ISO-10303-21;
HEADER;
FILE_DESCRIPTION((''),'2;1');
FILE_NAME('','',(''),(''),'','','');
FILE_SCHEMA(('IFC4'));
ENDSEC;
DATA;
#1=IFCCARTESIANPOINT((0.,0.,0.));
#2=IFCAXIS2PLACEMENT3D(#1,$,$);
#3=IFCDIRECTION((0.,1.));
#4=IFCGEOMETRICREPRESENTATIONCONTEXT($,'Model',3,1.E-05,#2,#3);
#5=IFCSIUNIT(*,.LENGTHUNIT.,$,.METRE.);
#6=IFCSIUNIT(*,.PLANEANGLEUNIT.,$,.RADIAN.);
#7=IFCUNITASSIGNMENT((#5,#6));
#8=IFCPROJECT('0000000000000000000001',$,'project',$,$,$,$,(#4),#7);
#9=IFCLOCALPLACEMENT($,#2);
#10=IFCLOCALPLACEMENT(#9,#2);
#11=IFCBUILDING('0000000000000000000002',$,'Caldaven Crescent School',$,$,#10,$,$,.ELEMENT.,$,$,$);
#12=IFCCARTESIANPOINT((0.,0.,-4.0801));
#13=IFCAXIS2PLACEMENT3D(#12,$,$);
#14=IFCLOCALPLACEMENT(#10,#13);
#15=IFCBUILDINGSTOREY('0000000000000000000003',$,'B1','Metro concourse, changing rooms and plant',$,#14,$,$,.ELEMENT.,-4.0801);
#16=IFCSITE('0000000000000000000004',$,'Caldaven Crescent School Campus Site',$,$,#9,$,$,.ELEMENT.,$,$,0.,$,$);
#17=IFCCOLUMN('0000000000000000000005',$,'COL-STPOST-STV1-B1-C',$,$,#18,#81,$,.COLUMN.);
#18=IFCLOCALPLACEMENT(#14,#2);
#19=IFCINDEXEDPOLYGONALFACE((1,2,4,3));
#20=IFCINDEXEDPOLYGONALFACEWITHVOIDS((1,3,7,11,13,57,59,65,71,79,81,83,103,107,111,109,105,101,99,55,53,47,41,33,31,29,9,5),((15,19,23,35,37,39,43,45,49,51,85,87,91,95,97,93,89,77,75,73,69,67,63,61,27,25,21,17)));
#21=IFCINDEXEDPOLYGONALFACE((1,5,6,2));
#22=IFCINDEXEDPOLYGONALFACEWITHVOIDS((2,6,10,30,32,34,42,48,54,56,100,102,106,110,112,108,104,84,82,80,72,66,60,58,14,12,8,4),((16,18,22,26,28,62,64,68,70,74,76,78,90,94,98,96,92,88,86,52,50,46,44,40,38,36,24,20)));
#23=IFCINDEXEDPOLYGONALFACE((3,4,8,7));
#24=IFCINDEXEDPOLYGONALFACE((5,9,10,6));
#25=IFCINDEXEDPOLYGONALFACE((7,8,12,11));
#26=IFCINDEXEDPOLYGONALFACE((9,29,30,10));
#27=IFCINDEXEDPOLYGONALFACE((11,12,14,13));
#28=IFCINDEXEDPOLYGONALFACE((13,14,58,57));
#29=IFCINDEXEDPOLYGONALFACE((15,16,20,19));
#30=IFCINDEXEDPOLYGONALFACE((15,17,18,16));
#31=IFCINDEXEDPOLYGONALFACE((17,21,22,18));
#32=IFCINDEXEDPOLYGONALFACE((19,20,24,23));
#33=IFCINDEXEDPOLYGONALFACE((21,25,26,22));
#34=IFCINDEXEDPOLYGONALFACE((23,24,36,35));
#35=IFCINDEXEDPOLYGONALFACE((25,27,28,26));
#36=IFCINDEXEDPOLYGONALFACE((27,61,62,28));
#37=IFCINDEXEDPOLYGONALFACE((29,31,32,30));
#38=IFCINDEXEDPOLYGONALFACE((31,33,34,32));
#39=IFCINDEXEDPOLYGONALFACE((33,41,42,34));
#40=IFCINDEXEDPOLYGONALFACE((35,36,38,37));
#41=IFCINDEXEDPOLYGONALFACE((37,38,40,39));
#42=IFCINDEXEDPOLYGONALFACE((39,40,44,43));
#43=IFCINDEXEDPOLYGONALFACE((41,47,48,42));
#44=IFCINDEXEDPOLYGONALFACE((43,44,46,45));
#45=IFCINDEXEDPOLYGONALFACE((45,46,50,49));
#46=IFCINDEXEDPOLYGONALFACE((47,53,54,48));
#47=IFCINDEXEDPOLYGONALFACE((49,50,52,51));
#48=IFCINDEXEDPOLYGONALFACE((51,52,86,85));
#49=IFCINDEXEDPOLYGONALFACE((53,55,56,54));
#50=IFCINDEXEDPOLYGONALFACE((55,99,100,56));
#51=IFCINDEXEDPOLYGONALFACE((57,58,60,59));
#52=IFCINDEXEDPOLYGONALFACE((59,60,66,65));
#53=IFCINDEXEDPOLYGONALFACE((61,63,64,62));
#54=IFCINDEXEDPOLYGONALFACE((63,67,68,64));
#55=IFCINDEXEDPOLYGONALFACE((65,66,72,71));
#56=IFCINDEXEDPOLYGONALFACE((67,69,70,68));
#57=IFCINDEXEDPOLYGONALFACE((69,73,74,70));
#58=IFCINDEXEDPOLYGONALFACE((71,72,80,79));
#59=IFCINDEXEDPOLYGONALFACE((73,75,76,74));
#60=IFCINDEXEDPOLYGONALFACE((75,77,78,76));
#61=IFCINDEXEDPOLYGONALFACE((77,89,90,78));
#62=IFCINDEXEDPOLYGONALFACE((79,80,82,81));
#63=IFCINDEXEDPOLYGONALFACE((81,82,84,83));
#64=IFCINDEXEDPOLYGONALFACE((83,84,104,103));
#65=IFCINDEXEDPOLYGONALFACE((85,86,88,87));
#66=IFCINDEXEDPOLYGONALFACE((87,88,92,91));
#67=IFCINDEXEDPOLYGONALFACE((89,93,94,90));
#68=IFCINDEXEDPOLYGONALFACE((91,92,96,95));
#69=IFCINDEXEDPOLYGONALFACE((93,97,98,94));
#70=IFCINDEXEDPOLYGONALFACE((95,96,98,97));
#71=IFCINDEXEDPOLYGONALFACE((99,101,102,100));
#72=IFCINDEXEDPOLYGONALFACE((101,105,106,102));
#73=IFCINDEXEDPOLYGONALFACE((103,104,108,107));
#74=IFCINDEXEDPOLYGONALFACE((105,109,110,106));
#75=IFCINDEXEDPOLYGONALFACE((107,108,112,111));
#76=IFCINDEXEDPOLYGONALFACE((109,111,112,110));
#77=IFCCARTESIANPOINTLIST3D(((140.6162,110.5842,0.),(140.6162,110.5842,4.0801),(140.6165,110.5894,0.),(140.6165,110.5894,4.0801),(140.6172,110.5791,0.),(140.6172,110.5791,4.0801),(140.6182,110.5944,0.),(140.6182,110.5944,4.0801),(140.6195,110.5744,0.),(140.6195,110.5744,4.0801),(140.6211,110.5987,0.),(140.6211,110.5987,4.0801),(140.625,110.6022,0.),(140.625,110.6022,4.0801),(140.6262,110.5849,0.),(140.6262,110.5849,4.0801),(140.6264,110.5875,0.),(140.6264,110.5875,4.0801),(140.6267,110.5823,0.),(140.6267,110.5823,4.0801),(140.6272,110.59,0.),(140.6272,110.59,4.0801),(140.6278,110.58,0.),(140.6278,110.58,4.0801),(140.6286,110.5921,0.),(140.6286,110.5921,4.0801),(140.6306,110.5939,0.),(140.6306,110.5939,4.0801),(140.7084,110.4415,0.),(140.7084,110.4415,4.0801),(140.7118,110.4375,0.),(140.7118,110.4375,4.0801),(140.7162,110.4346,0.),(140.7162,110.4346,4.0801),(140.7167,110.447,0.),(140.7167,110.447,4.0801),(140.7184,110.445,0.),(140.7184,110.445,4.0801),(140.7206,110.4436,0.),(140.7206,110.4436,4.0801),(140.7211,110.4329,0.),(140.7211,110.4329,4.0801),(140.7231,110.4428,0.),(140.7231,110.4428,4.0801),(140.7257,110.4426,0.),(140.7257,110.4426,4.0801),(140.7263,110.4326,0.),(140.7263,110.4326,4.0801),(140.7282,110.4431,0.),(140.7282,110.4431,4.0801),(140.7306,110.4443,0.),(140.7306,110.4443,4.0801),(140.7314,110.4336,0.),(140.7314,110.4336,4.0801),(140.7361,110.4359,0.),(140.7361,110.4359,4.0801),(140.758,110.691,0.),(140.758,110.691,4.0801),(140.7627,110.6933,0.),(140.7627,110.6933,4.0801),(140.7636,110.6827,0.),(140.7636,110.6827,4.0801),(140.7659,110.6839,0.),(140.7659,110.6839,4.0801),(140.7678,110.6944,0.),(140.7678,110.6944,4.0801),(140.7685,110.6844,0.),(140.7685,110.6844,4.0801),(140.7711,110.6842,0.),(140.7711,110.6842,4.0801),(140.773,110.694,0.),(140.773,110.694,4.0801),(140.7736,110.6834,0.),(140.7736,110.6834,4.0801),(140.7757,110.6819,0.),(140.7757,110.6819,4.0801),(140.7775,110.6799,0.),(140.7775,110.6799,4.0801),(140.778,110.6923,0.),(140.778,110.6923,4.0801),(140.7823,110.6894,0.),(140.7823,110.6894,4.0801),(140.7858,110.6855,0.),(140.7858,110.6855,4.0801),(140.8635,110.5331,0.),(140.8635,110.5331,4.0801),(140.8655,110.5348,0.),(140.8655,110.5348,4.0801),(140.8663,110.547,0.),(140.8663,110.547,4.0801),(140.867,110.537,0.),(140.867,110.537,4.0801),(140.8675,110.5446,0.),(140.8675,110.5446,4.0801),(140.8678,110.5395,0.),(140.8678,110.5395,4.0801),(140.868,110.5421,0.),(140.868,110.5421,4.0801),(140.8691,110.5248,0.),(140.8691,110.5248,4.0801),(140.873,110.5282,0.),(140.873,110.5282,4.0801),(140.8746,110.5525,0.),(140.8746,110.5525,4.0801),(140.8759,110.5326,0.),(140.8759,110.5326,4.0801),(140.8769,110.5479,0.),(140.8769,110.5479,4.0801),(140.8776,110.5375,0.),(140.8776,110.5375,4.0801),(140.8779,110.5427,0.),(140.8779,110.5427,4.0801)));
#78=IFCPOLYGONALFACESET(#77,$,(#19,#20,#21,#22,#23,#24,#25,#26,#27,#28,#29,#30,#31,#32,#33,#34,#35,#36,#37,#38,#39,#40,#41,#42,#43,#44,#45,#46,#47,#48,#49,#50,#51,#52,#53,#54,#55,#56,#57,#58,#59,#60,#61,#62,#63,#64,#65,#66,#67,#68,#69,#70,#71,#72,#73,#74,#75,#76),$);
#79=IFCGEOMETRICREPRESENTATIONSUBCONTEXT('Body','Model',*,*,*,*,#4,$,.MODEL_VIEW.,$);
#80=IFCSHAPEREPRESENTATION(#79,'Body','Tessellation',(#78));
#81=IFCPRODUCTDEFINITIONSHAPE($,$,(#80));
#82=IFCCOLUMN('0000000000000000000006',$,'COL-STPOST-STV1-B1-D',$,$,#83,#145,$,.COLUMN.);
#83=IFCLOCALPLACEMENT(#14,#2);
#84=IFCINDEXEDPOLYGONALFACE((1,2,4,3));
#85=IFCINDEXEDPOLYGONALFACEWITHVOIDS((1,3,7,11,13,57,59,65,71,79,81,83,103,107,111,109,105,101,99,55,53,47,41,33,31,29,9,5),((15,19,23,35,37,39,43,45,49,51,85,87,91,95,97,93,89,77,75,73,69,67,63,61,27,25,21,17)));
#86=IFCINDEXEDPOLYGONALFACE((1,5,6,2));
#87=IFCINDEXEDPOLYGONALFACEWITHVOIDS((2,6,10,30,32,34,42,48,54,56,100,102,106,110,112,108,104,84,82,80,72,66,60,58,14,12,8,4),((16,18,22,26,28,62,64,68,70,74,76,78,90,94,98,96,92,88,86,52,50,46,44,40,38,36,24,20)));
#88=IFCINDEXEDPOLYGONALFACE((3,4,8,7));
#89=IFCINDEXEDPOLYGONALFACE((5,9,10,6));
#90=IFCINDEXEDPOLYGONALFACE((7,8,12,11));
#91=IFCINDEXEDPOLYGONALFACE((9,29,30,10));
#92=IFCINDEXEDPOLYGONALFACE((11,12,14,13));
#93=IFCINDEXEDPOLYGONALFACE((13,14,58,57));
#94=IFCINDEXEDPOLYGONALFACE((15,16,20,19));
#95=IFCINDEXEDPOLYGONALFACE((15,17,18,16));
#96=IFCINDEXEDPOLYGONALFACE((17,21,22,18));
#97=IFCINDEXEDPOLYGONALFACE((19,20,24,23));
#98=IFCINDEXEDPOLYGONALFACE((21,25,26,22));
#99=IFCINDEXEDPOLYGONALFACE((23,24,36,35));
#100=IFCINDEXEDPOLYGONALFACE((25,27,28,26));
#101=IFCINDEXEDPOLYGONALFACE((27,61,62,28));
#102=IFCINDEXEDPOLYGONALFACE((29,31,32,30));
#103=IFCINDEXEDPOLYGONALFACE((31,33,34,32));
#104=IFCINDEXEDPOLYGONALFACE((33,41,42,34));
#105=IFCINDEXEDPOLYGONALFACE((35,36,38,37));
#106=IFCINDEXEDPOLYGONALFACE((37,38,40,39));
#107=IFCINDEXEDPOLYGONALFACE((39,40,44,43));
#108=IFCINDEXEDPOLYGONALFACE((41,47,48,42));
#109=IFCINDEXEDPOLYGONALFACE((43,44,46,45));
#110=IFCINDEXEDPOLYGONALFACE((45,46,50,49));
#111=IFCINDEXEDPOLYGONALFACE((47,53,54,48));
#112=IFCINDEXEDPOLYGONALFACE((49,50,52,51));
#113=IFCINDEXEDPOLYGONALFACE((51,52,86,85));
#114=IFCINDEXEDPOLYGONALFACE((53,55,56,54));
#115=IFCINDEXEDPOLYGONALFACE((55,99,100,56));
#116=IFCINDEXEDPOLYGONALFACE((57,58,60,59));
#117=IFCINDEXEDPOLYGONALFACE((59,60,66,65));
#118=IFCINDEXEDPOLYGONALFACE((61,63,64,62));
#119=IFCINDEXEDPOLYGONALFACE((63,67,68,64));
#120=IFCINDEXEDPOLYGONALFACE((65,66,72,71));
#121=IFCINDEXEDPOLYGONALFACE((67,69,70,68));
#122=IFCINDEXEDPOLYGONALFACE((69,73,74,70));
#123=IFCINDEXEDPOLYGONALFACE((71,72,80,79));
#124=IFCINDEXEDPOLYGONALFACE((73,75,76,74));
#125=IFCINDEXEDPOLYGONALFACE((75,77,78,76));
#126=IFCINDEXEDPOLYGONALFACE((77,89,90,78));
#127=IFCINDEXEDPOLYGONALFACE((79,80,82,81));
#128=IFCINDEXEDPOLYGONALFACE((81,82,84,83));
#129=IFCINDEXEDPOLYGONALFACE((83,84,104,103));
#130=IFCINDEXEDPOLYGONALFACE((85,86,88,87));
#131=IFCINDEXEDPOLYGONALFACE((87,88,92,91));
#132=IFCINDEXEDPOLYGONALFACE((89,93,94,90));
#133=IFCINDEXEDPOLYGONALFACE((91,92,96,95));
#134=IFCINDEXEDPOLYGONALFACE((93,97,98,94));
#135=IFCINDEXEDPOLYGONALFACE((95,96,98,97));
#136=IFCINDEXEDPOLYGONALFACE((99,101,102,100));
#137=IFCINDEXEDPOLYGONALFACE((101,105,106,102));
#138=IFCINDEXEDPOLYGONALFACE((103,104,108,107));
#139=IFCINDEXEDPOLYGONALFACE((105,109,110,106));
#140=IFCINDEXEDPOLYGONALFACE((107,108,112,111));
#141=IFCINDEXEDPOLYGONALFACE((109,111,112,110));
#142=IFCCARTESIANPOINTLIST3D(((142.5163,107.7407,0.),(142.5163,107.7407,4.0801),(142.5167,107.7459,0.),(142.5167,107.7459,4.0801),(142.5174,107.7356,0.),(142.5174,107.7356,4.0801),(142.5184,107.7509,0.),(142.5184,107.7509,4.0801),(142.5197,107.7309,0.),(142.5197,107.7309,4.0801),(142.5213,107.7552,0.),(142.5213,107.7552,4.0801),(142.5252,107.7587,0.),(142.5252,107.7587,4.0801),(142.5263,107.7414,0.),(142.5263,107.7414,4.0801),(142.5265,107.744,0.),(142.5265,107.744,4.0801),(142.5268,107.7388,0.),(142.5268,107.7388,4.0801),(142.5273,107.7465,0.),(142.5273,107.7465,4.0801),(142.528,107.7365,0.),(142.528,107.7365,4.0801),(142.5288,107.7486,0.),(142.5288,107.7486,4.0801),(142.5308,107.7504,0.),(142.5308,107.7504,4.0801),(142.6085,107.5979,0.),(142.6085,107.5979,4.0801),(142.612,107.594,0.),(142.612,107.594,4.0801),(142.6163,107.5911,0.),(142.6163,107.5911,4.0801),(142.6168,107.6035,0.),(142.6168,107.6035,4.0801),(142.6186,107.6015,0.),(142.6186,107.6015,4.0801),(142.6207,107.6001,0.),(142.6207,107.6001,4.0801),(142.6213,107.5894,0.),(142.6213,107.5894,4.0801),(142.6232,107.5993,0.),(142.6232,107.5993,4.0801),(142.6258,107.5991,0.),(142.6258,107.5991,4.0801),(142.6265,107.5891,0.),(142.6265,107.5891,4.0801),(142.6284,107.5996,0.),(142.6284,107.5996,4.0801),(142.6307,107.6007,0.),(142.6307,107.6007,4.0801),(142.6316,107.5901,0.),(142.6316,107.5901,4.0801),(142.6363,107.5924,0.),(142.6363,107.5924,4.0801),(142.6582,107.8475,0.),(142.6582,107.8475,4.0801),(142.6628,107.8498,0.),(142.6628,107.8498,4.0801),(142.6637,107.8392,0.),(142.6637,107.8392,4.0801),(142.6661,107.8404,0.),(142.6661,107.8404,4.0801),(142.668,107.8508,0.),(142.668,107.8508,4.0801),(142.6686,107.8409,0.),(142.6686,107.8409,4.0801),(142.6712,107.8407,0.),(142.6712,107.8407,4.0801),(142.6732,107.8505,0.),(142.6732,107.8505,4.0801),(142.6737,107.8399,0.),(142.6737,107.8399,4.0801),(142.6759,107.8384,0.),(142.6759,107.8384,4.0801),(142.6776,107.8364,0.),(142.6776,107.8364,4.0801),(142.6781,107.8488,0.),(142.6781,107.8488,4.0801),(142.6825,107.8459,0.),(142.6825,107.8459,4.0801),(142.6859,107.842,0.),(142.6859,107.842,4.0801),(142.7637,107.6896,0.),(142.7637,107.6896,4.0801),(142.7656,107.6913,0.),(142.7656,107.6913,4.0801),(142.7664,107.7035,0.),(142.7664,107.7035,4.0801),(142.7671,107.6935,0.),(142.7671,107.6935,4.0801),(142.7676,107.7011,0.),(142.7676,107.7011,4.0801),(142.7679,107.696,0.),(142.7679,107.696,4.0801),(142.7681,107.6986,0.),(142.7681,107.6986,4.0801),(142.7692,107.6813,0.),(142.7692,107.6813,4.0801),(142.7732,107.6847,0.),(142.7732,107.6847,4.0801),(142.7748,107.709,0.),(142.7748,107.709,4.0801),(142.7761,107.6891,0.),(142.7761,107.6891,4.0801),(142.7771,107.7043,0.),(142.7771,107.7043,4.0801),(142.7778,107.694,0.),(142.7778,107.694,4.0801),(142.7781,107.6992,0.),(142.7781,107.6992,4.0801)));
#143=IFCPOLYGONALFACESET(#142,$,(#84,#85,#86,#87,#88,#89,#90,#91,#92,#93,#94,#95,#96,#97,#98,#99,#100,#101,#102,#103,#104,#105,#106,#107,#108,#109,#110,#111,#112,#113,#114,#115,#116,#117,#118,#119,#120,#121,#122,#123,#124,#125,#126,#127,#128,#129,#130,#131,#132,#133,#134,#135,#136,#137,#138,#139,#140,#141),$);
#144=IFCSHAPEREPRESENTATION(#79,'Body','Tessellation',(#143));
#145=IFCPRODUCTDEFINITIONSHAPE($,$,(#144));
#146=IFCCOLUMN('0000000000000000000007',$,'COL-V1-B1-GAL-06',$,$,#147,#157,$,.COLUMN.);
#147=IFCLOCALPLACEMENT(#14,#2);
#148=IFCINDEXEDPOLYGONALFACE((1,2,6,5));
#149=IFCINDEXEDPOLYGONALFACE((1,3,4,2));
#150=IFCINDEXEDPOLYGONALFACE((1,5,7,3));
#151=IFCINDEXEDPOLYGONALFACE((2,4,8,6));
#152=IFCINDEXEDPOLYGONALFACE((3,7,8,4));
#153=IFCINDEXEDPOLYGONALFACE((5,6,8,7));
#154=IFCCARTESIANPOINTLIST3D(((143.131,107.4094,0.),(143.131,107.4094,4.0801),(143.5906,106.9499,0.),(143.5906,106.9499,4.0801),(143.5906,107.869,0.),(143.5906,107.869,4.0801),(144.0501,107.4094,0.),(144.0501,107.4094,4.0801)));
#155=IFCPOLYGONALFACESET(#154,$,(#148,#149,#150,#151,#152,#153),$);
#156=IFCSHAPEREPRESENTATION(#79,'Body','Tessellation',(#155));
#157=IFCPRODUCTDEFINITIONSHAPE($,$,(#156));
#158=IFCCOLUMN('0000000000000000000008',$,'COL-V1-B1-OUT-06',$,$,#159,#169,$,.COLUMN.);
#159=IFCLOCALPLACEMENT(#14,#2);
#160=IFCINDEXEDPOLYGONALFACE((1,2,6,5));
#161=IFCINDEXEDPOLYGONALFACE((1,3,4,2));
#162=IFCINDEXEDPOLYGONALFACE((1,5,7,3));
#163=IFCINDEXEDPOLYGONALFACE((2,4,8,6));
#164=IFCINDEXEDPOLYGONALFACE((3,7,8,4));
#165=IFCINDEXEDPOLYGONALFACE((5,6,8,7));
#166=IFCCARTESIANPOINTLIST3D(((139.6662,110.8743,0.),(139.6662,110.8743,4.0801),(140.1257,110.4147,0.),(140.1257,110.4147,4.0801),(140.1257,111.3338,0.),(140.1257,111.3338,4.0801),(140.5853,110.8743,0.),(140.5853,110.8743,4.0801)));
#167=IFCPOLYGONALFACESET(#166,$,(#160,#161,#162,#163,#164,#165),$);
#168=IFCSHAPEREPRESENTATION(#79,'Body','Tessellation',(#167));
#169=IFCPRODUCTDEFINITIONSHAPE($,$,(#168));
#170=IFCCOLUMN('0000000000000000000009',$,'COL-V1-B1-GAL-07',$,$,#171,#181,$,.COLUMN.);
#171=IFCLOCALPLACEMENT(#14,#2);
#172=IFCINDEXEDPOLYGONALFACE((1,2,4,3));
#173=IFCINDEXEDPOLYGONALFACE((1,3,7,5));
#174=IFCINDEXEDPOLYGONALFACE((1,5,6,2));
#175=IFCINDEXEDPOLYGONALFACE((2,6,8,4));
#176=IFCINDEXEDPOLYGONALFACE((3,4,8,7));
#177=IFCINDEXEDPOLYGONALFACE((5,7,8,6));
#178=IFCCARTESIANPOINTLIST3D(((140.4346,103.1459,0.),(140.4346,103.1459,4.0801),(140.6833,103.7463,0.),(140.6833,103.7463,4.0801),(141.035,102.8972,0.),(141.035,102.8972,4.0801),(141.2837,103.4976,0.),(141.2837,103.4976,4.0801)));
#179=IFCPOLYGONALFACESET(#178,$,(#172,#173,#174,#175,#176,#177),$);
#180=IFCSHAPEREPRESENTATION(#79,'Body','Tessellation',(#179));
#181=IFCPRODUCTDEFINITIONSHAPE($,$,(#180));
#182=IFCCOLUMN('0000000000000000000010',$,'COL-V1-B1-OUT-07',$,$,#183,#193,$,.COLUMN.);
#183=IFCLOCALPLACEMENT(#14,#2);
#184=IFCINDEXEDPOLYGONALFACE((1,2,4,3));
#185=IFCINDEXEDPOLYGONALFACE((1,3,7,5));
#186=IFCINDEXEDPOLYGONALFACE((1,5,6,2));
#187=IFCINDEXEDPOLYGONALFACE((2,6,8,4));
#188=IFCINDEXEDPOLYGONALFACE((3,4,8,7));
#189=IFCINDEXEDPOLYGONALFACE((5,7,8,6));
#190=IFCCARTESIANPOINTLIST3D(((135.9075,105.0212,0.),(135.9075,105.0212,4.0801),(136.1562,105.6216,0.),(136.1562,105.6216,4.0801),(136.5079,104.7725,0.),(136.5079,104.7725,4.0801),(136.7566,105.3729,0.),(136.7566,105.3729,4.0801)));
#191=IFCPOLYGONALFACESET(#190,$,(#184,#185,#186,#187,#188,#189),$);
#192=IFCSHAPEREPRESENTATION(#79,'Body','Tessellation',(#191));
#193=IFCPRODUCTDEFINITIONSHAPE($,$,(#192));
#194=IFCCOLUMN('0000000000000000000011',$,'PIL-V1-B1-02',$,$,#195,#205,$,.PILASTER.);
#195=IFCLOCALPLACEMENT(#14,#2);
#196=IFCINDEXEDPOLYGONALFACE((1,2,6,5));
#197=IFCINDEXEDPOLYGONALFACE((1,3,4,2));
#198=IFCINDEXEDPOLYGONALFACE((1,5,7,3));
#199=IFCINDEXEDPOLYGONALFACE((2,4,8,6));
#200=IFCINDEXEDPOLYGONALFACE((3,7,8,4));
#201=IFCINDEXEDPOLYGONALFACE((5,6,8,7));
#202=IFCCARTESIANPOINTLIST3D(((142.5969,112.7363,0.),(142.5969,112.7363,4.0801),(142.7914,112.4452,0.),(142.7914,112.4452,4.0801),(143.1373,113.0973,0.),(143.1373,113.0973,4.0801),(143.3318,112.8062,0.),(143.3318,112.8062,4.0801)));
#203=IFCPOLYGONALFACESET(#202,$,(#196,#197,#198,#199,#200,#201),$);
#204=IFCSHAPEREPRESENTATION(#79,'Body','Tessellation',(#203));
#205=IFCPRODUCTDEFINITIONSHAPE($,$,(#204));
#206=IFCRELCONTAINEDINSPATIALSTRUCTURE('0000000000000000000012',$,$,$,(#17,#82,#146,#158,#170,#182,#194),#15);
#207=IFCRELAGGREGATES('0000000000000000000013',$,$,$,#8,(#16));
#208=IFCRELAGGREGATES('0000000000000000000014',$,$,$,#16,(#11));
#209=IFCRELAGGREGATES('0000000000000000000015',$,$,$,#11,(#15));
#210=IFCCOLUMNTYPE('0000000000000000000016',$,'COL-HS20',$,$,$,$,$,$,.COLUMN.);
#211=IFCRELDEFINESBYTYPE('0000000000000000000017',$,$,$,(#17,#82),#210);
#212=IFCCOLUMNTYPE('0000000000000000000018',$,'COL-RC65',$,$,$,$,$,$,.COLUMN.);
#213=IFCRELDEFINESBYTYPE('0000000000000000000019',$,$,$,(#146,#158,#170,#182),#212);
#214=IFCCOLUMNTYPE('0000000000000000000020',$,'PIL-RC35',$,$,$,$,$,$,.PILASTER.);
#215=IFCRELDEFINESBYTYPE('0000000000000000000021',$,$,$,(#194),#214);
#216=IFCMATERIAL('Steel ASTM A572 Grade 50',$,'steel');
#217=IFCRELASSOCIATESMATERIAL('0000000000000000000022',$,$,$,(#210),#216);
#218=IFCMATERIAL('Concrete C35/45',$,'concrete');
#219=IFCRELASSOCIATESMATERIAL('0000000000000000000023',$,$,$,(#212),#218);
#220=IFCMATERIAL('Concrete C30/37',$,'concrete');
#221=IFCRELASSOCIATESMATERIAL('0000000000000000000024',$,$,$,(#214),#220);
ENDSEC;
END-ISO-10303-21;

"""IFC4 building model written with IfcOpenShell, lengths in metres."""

from ifc_helpers import new_model, si_unit, direction, frame, origin, origin_2d, place, context, subcontext, project, spatial, rectangle, hollow_rectangle, extrude, material, material_profile, profile_set, type_object, element, save


model = new_model("IFC4")

# Units and contexts
model_context = context("Model", 3, precision=1e-05, world=origin(), true_north=direction((0.0, 1.0)))
body_context = subcontext(model_context, "Body", "Model", "MODEL_VIEW")
ifc_project = project(units=[si_unit("LENGTHUNIT", "METRE"), si_unit("PLANEANGLEUNIT", "RADIAN")], contexts=[model_context])

# Site, building, storey
site_placement = place(None, origin())
site = spatial("IfcSite", under=ifc_project, at=site_placement, Name="Caldaven Crescent School Campus Site", CompositionType="ELEMENT", RefElevation=0.0)
building_placement = place(site_placement, origin())
building = spatial("IfcBuilding", under=site, at=building_placement, Name="Caldaven Crescent School", CompositionType="ELEMENT")
storey_placement = place(building_placement, frame((0.0, 0.0, -4.0801)))
storey = spatial("IfcBuildingStorey", under=building, at=storey_placement, Name="B1", Description="Metro concourse, changing rooms and plant", CompositionType="ELEMENT", Elevation=-4.0801)

# Shared definitions
ifc_material_1 = material(Name="Concrete C30/37", Category="concrete")
ifc_material_2 = material(Name="Concrete C35/45", Category="concrete")

# Columns
ifc_material_3 = material(Name="Steel ASTM A572 Grade 50", Category="steel")
ifc_material_profile_1 = material_profile(ifc_material_3, hollow_rectangle(XDim=0.2, YDim=0.2, WallThickness=0.01, InnerFilletRadius=0.01, OuterFilletRadius=0.02, at=origin_2d()), Name="HSS 200x200x10")
ifc_profile_set_1 = profile_set([ifc_material_profile_1], Name="Steel ASTM A572 Grade 50")
column_type_1 = type_object("IfcColumnType", Name="COL-HS20", PredefinedType="COLUMN", material=ifc_profile_set_1)
for number, where, z_axis, x_axis, name in (
    (1, (140.7471, 110.5635, 0.0), (0.0, 0.0, 1.0), (-0.83147, -0.55557, 0.0), "COL-STPOST-STV1-B1-C"),
    (2, (142.6472, 107.72, 0.0), (0.0, 0.0, 1.0), (-0.83147, -0.55557, 0.0), "COL-STPOST-STV1-B1-D"),
):
    element("IfcColumn", number, at=place(storey_placement, frame(where, z_axis=z_axis, x_axis=x_axis)), inside=storey, type_object=column_type_1, Name=name, PredefinedType="COLUMN", context=body_context, shape_type="SweptSolid", body=[
        extrude(hollow_rectangle(XDim=0.2, YDim=0.2, WallThickness=0.01, InnerFilletRadius=0.01, OuterFilletRadius=0.02, at=origin_2d()), origin(), (0.0, 0.0, 1.0), 4.0801),
    ])
ifc_material_profile_2 = material_profile(ifc_material_2, rectangle(XDim=0.6499, YDim=0.6499, at=origin_2d()), Name="RC 650x650")
ifc_profile_set_2 = profile_set([ifc_material_profile_2], Name="Concrete C35/45")
column_type_2 = type_object("IfcColumnType", Name="COL-RC65", PredefinedType="COLUMN", material=ifc_profile_set_2)
for number, where, z_axis, x_axis, name in (
    (3, (143.5906, 107.4094, 0.0), (0.0, 0.0, 1.0), (-0.707107, 0.707107, 0.0), "COL-V1-B1-GAL-06"),
    (4, (140.1257, 110.8743, 0.0), (0.0, 0.0, 1.0), (-0.707107, 0.707107, 0.0), "COL-V1-B1-OUT-06"),
    (5, (140.8591, 103.3218, 0.0), (0.0, 0.0, 1.0), (-0.92388, 0.382683, 0.0), "COL-V1-B1-GAL-07"),
    (6, (136.332, 105.197, 0.0), (0.0, 0.0, 1.0), (-0.92388, 0.382683, 0.0), "COL-V1-B1-OUT-07"),
):
    element("IfcColumn", number, at=place(storey_placement, frame(where, z_axis=z_axis, x_axis=x_axis)), inside=storey, type_object=column_type_2, Name=name, PredefinedType="COLUMN", context=body_context, shape_type="SweptSolid", body=[
        extrude(rectangle(XDim=0.6499, YDim=0.6499, at=origin_2d()), origin(), (0.0, 0.0, 1.0), 4.0801),
    ])
ifc_material_profile_3 = material_profile(ifc_material_1, rectangle(XDim=0.3501, YDim=0.6499, at=origin_2d()), Name="RC 350x650")
ifc_profile_set_3 = profile_set([ifc_material_profile_3], Name="Concrete C30/37")
column_type_3 = type_object("IfcColumnType", Name="PIL-RC35", PredefinedType="PILASTER", material=ifc_profile_set_3)
for number, where, z_axis, x_axis, name in (
    (7, (142.9644, 112.7712, 0.0), (0.0, 0.0, 1.0), (-0.55557, 0.83147, 0.0), "PIL-V1-B1-02"),
):
    element("IfcColumn", number, at=place(storey_placement, frame(where, z_axis=z_axis, x_axis=x_axis)), inside=storey, type_object=column_type_3, Name=name, PredefinedType="PILASTER", context=body_context, shape_type="SweptSolid", body=[
        extrude(rectangle(XDim=0.3501, YDim=0.6499, at=origin_2d()), origin(), (0.0, 0.0, 1.0), 4.0801),
    ])

save(model, "model.ifc")
